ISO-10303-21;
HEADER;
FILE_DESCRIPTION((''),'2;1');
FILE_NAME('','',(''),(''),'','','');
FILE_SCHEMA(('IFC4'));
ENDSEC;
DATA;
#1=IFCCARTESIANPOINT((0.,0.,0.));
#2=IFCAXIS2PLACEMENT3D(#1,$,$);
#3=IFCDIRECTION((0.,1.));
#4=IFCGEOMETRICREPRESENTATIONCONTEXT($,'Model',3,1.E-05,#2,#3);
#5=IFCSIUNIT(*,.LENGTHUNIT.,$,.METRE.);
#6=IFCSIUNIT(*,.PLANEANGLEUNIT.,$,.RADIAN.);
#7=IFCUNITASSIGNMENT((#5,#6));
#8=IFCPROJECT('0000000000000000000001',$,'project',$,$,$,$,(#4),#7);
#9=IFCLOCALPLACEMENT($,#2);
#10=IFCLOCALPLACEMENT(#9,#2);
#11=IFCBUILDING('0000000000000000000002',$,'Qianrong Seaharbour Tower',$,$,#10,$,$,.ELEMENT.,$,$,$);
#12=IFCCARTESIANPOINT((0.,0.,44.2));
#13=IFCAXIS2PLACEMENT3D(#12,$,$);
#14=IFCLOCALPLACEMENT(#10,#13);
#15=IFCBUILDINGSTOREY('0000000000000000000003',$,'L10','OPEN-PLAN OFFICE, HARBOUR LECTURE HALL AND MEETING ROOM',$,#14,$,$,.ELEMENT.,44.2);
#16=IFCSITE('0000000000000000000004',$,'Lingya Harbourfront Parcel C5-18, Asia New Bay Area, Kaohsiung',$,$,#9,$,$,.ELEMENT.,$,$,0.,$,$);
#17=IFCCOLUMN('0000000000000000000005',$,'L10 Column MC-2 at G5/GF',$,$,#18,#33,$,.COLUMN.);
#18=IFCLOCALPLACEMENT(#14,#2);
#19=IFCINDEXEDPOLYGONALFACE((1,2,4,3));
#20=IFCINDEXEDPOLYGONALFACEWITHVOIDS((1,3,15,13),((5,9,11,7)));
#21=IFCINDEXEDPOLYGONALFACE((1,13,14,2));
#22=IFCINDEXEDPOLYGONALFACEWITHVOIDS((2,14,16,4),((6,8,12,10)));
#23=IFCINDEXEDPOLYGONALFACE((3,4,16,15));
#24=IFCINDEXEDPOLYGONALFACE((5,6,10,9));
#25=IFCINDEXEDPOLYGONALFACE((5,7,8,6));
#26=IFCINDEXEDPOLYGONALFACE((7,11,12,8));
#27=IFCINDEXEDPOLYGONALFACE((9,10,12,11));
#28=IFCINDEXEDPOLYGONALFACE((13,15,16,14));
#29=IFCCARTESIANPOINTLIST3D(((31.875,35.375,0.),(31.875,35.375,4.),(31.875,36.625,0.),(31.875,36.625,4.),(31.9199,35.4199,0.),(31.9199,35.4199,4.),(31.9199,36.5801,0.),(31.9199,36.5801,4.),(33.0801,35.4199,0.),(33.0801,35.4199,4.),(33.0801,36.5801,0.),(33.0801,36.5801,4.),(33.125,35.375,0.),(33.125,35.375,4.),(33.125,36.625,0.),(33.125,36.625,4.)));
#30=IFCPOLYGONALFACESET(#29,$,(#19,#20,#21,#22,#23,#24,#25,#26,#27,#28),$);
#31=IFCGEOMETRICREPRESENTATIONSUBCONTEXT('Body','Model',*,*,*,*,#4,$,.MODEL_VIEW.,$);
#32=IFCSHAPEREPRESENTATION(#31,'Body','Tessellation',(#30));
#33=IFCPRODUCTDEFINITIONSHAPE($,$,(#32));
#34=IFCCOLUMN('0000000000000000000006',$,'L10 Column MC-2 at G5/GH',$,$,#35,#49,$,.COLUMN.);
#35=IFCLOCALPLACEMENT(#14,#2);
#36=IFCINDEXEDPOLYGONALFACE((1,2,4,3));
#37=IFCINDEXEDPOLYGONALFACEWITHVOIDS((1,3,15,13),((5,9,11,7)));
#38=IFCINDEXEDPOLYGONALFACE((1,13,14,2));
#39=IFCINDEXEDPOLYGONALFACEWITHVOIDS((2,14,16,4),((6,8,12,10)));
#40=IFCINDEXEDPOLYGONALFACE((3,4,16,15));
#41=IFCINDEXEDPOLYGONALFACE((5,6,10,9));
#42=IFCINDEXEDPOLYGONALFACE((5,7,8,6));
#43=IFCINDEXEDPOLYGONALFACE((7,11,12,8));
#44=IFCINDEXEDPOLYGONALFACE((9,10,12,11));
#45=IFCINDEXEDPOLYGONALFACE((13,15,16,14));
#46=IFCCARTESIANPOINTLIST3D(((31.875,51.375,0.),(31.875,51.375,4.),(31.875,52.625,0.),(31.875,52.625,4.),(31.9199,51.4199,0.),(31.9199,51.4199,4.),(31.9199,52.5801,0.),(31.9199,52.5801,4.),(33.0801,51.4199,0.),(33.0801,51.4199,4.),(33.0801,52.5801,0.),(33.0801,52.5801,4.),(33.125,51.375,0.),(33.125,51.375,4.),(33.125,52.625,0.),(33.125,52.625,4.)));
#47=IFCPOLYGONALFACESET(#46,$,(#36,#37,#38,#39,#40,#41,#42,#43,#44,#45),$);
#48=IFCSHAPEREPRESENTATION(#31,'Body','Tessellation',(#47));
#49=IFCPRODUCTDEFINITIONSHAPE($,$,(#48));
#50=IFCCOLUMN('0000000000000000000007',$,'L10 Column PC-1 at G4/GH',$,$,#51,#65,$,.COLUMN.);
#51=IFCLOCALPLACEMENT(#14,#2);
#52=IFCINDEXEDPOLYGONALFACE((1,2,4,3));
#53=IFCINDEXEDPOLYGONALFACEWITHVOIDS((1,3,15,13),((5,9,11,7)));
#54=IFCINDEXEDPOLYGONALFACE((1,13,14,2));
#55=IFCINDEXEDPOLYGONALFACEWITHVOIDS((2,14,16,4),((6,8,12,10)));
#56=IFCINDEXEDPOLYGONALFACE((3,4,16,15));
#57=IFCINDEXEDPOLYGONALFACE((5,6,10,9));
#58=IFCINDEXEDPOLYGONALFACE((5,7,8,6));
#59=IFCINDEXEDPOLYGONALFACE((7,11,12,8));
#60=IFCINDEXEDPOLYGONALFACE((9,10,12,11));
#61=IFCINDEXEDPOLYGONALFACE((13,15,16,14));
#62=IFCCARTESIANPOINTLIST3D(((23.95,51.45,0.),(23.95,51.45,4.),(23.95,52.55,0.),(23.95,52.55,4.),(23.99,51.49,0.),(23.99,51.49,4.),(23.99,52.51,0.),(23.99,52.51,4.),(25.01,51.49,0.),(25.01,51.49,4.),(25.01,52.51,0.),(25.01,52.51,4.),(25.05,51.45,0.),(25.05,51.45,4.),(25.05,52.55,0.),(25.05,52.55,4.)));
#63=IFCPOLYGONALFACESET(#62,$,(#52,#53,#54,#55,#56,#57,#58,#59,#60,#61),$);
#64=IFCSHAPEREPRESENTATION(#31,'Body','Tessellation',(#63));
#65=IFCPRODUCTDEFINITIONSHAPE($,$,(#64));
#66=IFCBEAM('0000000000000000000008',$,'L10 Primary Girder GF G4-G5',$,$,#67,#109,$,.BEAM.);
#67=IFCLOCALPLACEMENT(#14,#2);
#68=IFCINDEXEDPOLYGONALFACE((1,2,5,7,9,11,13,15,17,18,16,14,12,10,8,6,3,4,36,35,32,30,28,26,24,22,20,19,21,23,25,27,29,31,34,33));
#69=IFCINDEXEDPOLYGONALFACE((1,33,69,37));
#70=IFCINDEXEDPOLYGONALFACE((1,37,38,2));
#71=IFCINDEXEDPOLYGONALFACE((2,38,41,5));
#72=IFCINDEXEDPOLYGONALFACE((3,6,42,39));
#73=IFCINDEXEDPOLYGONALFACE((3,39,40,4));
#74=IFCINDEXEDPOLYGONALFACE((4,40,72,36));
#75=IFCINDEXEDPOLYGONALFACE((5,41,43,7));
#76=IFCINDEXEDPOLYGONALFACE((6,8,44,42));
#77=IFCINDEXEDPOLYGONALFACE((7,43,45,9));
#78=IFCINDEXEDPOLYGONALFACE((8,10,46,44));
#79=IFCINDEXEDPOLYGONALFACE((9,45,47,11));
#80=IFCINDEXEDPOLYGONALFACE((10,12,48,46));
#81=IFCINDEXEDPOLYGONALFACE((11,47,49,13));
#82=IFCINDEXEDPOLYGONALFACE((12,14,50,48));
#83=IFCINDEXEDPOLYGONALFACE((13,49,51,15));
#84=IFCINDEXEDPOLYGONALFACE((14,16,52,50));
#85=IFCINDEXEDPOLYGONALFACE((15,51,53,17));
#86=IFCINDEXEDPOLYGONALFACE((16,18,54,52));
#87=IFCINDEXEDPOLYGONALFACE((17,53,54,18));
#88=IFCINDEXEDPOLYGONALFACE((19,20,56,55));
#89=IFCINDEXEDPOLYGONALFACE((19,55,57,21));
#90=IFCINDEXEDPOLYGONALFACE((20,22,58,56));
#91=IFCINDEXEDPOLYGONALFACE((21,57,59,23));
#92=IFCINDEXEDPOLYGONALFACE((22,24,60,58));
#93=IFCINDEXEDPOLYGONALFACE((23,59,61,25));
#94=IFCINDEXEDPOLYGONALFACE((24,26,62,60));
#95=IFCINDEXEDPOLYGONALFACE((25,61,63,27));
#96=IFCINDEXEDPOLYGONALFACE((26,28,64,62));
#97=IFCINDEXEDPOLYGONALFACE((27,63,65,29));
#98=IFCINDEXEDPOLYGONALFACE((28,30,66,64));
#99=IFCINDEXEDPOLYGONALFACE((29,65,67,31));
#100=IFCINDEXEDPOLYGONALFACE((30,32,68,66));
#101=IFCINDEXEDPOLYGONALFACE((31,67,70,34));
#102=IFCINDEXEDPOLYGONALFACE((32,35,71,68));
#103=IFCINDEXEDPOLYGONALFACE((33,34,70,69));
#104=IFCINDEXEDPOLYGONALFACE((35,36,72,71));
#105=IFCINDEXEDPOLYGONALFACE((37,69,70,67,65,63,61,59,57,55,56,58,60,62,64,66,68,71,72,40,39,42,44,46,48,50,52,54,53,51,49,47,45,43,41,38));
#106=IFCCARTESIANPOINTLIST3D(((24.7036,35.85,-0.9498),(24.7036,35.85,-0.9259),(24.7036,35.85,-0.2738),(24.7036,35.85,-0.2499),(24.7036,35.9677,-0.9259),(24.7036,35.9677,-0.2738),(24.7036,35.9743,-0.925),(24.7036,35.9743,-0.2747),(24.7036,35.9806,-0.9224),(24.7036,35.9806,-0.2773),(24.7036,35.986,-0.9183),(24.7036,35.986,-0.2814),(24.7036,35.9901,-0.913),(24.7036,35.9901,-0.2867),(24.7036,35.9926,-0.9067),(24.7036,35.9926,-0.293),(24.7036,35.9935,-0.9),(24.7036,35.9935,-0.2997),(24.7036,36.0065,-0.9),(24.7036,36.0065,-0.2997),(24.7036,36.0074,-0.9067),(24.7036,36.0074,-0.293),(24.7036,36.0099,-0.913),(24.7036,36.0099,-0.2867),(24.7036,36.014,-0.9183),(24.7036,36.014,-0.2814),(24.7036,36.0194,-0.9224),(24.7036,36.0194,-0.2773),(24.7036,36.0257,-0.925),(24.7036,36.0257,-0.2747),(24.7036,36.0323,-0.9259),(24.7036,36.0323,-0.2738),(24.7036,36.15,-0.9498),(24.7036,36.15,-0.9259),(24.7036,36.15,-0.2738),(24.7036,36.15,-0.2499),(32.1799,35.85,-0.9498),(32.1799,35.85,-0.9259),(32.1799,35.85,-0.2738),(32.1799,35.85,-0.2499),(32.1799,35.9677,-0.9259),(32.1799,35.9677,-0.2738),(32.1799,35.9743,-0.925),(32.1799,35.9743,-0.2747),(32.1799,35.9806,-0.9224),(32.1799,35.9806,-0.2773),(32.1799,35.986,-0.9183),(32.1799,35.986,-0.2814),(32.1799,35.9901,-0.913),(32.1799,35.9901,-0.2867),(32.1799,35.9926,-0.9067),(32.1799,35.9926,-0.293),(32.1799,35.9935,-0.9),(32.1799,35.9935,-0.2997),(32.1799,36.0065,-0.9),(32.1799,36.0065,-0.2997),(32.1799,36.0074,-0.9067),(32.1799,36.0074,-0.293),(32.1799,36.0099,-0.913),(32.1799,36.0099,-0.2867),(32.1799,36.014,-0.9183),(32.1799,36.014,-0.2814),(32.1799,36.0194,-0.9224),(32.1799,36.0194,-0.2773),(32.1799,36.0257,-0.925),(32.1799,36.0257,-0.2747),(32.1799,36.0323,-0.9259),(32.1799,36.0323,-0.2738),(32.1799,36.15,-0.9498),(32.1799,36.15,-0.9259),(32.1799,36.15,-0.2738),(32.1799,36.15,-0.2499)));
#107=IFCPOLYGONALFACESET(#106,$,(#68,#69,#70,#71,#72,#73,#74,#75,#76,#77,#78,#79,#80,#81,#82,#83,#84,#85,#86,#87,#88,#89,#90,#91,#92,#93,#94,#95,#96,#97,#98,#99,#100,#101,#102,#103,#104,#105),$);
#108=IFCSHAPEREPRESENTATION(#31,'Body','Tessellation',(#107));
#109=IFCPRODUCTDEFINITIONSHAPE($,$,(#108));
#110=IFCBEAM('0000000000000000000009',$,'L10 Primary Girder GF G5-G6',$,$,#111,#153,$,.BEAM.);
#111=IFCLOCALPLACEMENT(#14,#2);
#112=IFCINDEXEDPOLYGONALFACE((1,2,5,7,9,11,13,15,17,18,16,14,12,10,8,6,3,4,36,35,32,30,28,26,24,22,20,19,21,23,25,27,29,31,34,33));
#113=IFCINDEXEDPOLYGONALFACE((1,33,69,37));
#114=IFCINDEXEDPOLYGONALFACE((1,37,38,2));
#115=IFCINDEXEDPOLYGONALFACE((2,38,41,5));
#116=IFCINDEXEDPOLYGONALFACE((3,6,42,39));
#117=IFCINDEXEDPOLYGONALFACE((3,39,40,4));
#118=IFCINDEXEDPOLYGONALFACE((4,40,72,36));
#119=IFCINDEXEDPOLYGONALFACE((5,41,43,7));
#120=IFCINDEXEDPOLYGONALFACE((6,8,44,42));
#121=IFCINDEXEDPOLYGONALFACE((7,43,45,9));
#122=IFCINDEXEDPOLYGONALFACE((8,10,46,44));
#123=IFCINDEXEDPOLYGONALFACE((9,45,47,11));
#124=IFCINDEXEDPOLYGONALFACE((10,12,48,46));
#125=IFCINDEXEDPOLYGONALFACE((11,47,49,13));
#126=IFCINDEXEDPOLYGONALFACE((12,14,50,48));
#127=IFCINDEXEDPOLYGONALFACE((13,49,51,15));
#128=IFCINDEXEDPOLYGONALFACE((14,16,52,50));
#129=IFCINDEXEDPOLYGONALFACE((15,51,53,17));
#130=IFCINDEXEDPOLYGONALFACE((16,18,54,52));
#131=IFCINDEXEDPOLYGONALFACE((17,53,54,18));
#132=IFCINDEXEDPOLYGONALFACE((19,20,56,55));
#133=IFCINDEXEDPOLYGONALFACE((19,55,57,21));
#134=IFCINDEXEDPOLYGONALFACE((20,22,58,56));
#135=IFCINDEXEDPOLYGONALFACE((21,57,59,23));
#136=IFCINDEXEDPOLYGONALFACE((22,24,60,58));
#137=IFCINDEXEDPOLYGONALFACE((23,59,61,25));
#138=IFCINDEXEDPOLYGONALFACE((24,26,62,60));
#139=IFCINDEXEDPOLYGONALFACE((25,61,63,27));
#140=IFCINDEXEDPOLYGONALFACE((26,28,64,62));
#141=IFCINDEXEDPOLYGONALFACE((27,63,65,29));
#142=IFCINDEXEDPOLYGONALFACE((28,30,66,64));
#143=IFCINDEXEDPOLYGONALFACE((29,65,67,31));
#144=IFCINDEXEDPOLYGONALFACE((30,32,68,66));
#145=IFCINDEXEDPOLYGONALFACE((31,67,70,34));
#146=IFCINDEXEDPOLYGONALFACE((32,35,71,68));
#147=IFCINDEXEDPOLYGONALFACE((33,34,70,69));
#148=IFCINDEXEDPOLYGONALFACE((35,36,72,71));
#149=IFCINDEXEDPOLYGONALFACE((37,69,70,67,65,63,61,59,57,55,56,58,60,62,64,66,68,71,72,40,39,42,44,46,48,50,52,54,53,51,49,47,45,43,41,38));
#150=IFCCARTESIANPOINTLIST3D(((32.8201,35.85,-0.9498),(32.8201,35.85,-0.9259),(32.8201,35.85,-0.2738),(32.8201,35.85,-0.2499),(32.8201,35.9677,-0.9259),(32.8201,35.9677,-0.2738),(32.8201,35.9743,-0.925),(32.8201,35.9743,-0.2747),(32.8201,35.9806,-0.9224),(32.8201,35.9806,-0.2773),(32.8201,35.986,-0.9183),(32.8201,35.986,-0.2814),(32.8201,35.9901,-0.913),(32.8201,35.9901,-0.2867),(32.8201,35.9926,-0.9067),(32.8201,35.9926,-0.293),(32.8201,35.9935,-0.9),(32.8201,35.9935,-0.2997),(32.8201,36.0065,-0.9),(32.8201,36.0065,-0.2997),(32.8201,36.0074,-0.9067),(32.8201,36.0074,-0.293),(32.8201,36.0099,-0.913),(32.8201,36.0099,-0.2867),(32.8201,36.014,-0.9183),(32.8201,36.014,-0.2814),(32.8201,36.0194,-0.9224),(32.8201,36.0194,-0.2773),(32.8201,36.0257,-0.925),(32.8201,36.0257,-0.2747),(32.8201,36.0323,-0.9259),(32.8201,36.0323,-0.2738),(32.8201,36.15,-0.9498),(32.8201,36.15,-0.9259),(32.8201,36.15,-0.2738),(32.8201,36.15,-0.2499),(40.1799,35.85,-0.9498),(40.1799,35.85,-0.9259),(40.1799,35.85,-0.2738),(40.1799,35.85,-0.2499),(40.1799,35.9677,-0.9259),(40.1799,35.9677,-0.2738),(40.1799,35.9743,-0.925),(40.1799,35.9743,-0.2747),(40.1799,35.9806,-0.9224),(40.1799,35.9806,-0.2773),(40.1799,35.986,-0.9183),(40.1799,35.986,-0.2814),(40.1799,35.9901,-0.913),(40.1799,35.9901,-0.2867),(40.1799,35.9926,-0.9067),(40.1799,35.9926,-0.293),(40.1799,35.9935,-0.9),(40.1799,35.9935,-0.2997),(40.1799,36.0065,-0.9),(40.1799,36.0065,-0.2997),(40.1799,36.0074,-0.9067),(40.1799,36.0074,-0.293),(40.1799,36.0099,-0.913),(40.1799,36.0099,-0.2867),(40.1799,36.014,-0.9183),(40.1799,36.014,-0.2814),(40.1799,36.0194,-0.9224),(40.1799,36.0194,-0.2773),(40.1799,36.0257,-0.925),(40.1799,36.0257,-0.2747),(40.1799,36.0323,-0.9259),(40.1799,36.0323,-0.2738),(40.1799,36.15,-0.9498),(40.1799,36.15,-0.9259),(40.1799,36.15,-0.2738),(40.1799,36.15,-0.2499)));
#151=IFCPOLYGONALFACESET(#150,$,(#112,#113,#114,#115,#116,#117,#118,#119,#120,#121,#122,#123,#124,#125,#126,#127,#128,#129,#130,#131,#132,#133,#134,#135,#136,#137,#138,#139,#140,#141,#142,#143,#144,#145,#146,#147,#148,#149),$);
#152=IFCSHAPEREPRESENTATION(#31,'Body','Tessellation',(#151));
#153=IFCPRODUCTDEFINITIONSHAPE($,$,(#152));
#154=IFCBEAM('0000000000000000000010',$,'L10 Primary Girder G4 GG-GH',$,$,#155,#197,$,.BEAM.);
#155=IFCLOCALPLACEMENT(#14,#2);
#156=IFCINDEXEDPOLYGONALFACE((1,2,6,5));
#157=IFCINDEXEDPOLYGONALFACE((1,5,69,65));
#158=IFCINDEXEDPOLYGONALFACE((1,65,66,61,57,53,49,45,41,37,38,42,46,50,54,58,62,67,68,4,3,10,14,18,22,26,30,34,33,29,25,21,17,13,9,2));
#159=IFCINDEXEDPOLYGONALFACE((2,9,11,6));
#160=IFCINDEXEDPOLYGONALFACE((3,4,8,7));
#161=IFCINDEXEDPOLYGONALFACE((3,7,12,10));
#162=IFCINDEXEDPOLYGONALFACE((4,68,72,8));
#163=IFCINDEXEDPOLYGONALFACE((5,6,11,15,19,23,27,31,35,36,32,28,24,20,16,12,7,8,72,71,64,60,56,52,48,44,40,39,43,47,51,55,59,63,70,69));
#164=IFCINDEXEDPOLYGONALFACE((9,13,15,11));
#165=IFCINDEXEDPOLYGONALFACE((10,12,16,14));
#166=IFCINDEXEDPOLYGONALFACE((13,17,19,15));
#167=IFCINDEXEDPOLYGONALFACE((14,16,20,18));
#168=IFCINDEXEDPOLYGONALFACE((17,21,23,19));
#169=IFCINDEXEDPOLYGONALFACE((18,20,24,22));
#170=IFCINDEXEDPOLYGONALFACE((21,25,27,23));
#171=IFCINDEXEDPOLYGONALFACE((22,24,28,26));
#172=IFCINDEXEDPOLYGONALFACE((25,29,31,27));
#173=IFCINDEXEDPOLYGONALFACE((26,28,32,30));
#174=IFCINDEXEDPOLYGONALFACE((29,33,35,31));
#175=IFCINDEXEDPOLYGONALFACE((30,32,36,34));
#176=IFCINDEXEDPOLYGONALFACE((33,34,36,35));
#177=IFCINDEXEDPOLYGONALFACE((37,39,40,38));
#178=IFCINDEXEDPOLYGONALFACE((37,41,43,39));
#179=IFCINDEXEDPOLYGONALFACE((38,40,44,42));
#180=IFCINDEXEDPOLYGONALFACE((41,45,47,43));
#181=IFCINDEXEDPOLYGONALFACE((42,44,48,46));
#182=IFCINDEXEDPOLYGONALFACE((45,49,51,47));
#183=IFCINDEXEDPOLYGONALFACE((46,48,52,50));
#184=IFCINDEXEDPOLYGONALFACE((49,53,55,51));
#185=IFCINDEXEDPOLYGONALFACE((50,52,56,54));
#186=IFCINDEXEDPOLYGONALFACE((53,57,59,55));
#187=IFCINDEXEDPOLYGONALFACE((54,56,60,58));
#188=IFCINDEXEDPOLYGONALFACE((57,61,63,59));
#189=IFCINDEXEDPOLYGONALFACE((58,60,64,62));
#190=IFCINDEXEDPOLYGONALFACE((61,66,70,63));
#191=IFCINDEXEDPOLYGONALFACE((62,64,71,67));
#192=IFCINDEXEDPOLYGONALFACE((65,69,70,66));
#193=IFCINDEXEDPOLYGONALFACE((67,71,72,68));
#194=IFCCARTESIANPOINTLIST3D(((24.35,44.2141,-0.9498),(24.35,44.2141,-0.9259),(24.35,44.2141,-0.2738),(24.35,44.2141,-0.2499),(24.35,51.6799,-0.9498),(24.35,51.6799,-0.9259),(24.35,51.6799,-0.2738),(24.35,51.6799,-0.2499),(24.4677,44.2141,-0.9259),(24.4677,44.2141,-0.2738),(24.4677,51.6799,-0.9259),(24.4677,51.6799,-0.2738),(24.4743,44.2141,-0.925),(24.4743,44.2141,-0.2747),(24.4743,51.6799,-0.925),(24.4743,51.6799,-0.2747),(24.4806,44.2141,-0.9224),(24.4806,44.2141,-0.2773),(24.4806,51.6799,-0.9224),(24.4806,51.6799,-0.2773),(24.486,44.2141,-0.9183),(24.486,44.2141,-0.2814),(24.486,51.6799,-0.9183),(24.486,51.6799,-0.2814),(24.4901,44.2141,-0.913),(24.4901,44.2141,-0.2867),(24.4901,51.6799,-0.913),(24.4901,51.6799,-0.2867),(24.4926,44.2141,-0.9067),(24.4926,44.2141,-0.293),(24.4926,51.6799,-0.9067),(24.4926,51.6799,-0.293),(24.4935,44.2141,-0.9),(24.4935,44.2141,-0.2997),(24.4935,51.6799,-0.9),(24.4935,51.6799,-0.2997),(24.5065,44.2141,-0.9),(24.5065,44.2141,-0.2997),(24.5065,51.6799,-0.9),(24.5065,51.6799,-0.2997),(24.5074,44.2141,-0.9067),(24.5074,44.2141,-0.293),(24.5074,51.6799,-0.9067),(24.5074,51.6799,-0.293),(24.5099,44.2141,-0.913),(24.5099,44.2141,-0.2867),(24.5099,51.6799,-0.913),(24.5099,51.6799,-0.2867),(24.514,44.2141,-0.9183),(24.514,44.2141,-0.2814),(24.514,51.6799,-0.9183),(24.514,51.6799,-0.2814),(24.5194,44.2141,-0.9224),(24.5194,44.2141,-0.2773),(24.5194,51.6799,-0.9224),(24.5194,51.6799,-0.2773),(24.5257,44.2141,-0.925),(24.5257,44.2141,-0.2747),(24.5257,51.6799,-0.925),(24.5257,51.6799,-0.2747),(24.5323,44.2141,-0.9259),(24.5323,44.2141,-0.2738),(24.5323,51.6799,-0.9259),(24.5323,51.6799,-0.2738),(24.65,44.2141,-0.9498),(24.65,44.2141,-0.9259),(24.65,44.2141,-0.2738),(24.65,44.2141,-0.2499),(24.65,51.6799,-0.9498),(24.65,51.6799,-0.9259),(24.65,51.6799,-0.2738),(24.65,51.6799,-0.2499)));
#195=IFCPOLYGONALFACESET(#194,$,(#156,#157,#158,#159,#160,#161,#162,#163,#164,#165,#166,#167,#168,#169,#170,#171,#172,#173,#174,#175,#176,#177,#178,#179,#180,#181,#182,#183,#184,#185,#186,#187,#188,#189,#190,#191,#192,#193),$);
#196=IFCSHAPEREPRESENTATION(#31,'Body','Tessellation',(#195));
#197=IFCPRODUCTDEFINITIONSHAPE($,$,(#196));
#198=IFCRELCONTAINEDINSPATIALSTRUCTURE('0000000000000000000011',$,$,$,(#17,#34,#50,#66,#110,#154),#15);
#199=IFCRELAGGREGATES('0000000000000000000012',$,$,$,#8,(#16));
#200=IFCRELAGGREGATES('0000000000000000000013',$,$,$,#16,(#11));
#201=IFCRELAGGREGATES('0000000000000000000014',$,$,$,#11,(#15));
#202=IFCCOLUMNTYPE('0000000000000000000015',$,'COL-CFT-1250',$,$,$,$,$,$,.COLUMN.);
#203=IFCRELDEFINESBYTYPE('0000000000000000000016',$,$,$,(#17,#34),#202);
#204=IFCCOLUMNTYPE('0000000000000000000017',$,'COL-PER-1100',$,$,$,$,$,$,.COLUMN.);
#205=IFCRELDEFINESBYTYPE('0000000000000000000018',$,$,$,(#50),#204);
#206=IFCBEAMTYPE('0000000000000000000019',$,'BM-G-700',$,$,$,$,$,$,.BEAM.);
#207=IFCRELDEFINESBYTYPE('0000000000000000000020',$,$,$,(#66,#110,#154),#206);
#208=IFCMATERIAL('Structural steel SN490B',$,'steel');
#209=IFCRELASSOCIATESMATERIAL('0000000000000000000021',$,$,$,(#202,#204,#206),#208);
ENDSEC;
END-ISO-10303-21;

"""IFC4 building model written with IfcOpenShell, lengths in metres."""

from ifc_helpers import new_model, si_unit, direction, frame, origin, origin_2d, place, context, subcontext, project, spatial, hollow_rectangle, i_section, extrude, material, material_profile, profile_set, type_object, element, save


model = new_model("IFC4")

# Units and contexts
model_context = context("Model", 3, precision=1e-05, world=origin(), true_north=direction((0.0, 1.0)))
body_context = subcontext(model_context, "Body", "Model", "MODEL_VIEW")
ifc_project = project(units=[si_unit("LENGTHUNIT", "METRE"), si_unit("PLANEANGLEUNIT", "RADIAN")], contexts=[model_context])

# Site, building, storey
site_placement = place(None, origin())
site = spatial("IfcSite", under=ifc_project, at=site_placement, Name="Lingya Harbourfront Parcel C5-18, Asia New Bay Area, Kaohsiung", CompositionType="ELEMENT", RefElevation=0.0)
building_placement = place(site_placement, origin())
building = spatial("IfcBuilding", under=site, at=building_placement, Name="Qianrong Seaharbour Tower", CompositionType="ELEMENT")
storey_placement = place(building_placement, frame((0.0, 0.0, 44.2)))
storey = spatial("IfcBuildingStorey", under=building, at=storey_placement, Name="L10", Description="OPEN-PLAN OFFICE, HARBOUR LECTURE HALL AND MEETING ROOM", CompositionType="ELEMENT", Elevation=44.2)

# Columns
ifc_material_1 = material(Name="Structural steel SN490B", Category="steel")
ifc_material_profile_1 = material_profile(ifc_material_1, hollow_rectangle(XDim=1.25, YDim=1.25, WallThickness=0.0449, at=origin_2d()), Name="BOX1250x1250x45")
ifc_profile_set_1 = profile_set([ifc_material_profile_1], Name="Structural steel SN490B")
column_type_1 = type_object("IfcColumnType", Name="COL-CFT-1250", PredefinedType="COLUMN", material=ifc_profile_set_1)
for number, where, z_axis, x_axis, name in (
    (1, (32.5, 36.0, 0.0), (0.0, 0.0, 1.0), (1.0, 0.0, 0.0), "L10 Column MC-2 at G5/GF"),
    (2, (32.5, 52.0, 0.0), (0.0, 0.0, 1.0), (1.0, 0.0, 0.0), "L10 Column MC-2 at G5/GH"),
):
    element("IfcColumn", number, at=place(storey_placement, frame(where, z_axis=z_axis, x_axis=x_axis)), inside=storey, type_object=column_type_1, Name=name, PredefinedType="COLUMN", context=body_context, shape_type="SweptSolid", body=[
        extrude(hollow_rectangle(XDim=1.25, YDim=1.25, WallThickness=0.0449, at=origin_2d()), origin(), (0.0, 0.0, 1.0), 4.0),
    ])
ifc_material_profile_2 = material_profile(ifc_material_1, hollow_rectangle(XDim=1.1001, YDim=1.1001, WallThickness=0.04, at=origin_2d()), Name="BOX1100x1100x40")
ifc_profile_set_2 = profile_set([ifc_material_profile_2], Name="Structural steel SN490B")
column_type_2 = type_object("IfcColumnType", Name="COL-PER-1100", PredefinedType="COLUMN", material=ifc_profile_set_2)
column_placement = place(storey_placement, frame((24.5, 52.0, 0.0), z_axis=(0.0, 0.0, 1.0), x_axis=(1.0, 0.0, 0.0)))
element("IfcColumn", 3, at=column_placement, inside=storey, type_object=column_type_2, Name="L10 Column PC-1 at G4/GH", PredefinedType="COLUMN", context=body_context, shape_type="SweptSolid", body=[
    extrude(hollow_rectangle(XDim=1.1001, YDim=1.1001, WallThickness=0.04, at=origin_2d()), origin(), (0.0, 0.0, 1.0), 4.0),
])

# Beams
ifc_material_profile_3 = material_profile(ifc_material_1, i_section(OverallWidth=0.3, OverallDepth=0.7, WebThickness=0.0129, FlangeThickness=0.0239, FilletRadius=0.0259, at=origin_2d()), Name="H700x300x13x24")
ifc_profile_set_3 = profile_set([ifc_material_profile_3], Name="Structural steel SN490B")
beam_type_1 = type_object("IfcBeamType", Name="BM-G-700", PredefinedType="BEAM", material=ifc_profile_set_3)
beam_1_placement = place(storey_placement, frame((24.7036, 36.0, -0.5999), z_axis=(1.0, 0.0, 0.0), x_axis=(0.0, 1.0, 0.0)))
element("IfcBeam", 4, at=beam_1_placement, inside=storey, type_object=beam_type_1, Name="L10 Primary Girder GF G4-G5", PredefinedType="BEAM", context=body_context, shape_type="SweptSolid", body=[
    extrude(i_section(OverallWidth=0.3, OverallDepth=0.7, WebThickness=0.0129, FlangeThickness=0.0239, FilletRadius=0.0259, at=origin_2d()), origin(), (0.0, 0.0, 1.0), 7.4763),
])
beam_2_placement = place(storey_placement, frame((32.8201, 36.0, -0.5999), z_axis=(1.0, 0.0, 0.0), x_axis=(0.0, 1.0, 0.0)))
element("IfcBeam", 5, at=beam_2_placement, inside=storey, type_object=beam_type_1, Name="L10 Primary Girder GF G5-G6", PredefinedType="BEAM", context=body_context, shape_type="SweptSolid", body=[
    extrude(i_section(OverallWidth=0.3, OverallDepth=0.7, WebThickness=0.0129, FlangeThickness=0.0239, FilletRadius=0.0259, at=origin_2d()), origin(), (0.0, 0.0, 1.0), 7.3599),
])
beam_3_placement = place(storey_placement, frame((24.5, 44.2141, -0.5999), z_axis=(0.0, 1.0, 0.0), x_axis=(-1.0, 0.0, 0.0)))
element("IfcBeam", 6, at=beam_3_placement, inside=storey, type_object=beam_type_1, Name="L10 Primary Girder G4 GG-GH", PredefinedType="BEAM", context=body_context, shape_type="SweptSolid", body=[
    extrude(i_section(OverallWidth=0.3, OverallDepth=0.7, WebThickness=0.0129, FlangeThickness=0.0239, FilletRadius=0.0259, at=origin_2d()), origin(), (0.0, 0.0, 1.0), 7.4658),
])

save(model, "model.ifc")
